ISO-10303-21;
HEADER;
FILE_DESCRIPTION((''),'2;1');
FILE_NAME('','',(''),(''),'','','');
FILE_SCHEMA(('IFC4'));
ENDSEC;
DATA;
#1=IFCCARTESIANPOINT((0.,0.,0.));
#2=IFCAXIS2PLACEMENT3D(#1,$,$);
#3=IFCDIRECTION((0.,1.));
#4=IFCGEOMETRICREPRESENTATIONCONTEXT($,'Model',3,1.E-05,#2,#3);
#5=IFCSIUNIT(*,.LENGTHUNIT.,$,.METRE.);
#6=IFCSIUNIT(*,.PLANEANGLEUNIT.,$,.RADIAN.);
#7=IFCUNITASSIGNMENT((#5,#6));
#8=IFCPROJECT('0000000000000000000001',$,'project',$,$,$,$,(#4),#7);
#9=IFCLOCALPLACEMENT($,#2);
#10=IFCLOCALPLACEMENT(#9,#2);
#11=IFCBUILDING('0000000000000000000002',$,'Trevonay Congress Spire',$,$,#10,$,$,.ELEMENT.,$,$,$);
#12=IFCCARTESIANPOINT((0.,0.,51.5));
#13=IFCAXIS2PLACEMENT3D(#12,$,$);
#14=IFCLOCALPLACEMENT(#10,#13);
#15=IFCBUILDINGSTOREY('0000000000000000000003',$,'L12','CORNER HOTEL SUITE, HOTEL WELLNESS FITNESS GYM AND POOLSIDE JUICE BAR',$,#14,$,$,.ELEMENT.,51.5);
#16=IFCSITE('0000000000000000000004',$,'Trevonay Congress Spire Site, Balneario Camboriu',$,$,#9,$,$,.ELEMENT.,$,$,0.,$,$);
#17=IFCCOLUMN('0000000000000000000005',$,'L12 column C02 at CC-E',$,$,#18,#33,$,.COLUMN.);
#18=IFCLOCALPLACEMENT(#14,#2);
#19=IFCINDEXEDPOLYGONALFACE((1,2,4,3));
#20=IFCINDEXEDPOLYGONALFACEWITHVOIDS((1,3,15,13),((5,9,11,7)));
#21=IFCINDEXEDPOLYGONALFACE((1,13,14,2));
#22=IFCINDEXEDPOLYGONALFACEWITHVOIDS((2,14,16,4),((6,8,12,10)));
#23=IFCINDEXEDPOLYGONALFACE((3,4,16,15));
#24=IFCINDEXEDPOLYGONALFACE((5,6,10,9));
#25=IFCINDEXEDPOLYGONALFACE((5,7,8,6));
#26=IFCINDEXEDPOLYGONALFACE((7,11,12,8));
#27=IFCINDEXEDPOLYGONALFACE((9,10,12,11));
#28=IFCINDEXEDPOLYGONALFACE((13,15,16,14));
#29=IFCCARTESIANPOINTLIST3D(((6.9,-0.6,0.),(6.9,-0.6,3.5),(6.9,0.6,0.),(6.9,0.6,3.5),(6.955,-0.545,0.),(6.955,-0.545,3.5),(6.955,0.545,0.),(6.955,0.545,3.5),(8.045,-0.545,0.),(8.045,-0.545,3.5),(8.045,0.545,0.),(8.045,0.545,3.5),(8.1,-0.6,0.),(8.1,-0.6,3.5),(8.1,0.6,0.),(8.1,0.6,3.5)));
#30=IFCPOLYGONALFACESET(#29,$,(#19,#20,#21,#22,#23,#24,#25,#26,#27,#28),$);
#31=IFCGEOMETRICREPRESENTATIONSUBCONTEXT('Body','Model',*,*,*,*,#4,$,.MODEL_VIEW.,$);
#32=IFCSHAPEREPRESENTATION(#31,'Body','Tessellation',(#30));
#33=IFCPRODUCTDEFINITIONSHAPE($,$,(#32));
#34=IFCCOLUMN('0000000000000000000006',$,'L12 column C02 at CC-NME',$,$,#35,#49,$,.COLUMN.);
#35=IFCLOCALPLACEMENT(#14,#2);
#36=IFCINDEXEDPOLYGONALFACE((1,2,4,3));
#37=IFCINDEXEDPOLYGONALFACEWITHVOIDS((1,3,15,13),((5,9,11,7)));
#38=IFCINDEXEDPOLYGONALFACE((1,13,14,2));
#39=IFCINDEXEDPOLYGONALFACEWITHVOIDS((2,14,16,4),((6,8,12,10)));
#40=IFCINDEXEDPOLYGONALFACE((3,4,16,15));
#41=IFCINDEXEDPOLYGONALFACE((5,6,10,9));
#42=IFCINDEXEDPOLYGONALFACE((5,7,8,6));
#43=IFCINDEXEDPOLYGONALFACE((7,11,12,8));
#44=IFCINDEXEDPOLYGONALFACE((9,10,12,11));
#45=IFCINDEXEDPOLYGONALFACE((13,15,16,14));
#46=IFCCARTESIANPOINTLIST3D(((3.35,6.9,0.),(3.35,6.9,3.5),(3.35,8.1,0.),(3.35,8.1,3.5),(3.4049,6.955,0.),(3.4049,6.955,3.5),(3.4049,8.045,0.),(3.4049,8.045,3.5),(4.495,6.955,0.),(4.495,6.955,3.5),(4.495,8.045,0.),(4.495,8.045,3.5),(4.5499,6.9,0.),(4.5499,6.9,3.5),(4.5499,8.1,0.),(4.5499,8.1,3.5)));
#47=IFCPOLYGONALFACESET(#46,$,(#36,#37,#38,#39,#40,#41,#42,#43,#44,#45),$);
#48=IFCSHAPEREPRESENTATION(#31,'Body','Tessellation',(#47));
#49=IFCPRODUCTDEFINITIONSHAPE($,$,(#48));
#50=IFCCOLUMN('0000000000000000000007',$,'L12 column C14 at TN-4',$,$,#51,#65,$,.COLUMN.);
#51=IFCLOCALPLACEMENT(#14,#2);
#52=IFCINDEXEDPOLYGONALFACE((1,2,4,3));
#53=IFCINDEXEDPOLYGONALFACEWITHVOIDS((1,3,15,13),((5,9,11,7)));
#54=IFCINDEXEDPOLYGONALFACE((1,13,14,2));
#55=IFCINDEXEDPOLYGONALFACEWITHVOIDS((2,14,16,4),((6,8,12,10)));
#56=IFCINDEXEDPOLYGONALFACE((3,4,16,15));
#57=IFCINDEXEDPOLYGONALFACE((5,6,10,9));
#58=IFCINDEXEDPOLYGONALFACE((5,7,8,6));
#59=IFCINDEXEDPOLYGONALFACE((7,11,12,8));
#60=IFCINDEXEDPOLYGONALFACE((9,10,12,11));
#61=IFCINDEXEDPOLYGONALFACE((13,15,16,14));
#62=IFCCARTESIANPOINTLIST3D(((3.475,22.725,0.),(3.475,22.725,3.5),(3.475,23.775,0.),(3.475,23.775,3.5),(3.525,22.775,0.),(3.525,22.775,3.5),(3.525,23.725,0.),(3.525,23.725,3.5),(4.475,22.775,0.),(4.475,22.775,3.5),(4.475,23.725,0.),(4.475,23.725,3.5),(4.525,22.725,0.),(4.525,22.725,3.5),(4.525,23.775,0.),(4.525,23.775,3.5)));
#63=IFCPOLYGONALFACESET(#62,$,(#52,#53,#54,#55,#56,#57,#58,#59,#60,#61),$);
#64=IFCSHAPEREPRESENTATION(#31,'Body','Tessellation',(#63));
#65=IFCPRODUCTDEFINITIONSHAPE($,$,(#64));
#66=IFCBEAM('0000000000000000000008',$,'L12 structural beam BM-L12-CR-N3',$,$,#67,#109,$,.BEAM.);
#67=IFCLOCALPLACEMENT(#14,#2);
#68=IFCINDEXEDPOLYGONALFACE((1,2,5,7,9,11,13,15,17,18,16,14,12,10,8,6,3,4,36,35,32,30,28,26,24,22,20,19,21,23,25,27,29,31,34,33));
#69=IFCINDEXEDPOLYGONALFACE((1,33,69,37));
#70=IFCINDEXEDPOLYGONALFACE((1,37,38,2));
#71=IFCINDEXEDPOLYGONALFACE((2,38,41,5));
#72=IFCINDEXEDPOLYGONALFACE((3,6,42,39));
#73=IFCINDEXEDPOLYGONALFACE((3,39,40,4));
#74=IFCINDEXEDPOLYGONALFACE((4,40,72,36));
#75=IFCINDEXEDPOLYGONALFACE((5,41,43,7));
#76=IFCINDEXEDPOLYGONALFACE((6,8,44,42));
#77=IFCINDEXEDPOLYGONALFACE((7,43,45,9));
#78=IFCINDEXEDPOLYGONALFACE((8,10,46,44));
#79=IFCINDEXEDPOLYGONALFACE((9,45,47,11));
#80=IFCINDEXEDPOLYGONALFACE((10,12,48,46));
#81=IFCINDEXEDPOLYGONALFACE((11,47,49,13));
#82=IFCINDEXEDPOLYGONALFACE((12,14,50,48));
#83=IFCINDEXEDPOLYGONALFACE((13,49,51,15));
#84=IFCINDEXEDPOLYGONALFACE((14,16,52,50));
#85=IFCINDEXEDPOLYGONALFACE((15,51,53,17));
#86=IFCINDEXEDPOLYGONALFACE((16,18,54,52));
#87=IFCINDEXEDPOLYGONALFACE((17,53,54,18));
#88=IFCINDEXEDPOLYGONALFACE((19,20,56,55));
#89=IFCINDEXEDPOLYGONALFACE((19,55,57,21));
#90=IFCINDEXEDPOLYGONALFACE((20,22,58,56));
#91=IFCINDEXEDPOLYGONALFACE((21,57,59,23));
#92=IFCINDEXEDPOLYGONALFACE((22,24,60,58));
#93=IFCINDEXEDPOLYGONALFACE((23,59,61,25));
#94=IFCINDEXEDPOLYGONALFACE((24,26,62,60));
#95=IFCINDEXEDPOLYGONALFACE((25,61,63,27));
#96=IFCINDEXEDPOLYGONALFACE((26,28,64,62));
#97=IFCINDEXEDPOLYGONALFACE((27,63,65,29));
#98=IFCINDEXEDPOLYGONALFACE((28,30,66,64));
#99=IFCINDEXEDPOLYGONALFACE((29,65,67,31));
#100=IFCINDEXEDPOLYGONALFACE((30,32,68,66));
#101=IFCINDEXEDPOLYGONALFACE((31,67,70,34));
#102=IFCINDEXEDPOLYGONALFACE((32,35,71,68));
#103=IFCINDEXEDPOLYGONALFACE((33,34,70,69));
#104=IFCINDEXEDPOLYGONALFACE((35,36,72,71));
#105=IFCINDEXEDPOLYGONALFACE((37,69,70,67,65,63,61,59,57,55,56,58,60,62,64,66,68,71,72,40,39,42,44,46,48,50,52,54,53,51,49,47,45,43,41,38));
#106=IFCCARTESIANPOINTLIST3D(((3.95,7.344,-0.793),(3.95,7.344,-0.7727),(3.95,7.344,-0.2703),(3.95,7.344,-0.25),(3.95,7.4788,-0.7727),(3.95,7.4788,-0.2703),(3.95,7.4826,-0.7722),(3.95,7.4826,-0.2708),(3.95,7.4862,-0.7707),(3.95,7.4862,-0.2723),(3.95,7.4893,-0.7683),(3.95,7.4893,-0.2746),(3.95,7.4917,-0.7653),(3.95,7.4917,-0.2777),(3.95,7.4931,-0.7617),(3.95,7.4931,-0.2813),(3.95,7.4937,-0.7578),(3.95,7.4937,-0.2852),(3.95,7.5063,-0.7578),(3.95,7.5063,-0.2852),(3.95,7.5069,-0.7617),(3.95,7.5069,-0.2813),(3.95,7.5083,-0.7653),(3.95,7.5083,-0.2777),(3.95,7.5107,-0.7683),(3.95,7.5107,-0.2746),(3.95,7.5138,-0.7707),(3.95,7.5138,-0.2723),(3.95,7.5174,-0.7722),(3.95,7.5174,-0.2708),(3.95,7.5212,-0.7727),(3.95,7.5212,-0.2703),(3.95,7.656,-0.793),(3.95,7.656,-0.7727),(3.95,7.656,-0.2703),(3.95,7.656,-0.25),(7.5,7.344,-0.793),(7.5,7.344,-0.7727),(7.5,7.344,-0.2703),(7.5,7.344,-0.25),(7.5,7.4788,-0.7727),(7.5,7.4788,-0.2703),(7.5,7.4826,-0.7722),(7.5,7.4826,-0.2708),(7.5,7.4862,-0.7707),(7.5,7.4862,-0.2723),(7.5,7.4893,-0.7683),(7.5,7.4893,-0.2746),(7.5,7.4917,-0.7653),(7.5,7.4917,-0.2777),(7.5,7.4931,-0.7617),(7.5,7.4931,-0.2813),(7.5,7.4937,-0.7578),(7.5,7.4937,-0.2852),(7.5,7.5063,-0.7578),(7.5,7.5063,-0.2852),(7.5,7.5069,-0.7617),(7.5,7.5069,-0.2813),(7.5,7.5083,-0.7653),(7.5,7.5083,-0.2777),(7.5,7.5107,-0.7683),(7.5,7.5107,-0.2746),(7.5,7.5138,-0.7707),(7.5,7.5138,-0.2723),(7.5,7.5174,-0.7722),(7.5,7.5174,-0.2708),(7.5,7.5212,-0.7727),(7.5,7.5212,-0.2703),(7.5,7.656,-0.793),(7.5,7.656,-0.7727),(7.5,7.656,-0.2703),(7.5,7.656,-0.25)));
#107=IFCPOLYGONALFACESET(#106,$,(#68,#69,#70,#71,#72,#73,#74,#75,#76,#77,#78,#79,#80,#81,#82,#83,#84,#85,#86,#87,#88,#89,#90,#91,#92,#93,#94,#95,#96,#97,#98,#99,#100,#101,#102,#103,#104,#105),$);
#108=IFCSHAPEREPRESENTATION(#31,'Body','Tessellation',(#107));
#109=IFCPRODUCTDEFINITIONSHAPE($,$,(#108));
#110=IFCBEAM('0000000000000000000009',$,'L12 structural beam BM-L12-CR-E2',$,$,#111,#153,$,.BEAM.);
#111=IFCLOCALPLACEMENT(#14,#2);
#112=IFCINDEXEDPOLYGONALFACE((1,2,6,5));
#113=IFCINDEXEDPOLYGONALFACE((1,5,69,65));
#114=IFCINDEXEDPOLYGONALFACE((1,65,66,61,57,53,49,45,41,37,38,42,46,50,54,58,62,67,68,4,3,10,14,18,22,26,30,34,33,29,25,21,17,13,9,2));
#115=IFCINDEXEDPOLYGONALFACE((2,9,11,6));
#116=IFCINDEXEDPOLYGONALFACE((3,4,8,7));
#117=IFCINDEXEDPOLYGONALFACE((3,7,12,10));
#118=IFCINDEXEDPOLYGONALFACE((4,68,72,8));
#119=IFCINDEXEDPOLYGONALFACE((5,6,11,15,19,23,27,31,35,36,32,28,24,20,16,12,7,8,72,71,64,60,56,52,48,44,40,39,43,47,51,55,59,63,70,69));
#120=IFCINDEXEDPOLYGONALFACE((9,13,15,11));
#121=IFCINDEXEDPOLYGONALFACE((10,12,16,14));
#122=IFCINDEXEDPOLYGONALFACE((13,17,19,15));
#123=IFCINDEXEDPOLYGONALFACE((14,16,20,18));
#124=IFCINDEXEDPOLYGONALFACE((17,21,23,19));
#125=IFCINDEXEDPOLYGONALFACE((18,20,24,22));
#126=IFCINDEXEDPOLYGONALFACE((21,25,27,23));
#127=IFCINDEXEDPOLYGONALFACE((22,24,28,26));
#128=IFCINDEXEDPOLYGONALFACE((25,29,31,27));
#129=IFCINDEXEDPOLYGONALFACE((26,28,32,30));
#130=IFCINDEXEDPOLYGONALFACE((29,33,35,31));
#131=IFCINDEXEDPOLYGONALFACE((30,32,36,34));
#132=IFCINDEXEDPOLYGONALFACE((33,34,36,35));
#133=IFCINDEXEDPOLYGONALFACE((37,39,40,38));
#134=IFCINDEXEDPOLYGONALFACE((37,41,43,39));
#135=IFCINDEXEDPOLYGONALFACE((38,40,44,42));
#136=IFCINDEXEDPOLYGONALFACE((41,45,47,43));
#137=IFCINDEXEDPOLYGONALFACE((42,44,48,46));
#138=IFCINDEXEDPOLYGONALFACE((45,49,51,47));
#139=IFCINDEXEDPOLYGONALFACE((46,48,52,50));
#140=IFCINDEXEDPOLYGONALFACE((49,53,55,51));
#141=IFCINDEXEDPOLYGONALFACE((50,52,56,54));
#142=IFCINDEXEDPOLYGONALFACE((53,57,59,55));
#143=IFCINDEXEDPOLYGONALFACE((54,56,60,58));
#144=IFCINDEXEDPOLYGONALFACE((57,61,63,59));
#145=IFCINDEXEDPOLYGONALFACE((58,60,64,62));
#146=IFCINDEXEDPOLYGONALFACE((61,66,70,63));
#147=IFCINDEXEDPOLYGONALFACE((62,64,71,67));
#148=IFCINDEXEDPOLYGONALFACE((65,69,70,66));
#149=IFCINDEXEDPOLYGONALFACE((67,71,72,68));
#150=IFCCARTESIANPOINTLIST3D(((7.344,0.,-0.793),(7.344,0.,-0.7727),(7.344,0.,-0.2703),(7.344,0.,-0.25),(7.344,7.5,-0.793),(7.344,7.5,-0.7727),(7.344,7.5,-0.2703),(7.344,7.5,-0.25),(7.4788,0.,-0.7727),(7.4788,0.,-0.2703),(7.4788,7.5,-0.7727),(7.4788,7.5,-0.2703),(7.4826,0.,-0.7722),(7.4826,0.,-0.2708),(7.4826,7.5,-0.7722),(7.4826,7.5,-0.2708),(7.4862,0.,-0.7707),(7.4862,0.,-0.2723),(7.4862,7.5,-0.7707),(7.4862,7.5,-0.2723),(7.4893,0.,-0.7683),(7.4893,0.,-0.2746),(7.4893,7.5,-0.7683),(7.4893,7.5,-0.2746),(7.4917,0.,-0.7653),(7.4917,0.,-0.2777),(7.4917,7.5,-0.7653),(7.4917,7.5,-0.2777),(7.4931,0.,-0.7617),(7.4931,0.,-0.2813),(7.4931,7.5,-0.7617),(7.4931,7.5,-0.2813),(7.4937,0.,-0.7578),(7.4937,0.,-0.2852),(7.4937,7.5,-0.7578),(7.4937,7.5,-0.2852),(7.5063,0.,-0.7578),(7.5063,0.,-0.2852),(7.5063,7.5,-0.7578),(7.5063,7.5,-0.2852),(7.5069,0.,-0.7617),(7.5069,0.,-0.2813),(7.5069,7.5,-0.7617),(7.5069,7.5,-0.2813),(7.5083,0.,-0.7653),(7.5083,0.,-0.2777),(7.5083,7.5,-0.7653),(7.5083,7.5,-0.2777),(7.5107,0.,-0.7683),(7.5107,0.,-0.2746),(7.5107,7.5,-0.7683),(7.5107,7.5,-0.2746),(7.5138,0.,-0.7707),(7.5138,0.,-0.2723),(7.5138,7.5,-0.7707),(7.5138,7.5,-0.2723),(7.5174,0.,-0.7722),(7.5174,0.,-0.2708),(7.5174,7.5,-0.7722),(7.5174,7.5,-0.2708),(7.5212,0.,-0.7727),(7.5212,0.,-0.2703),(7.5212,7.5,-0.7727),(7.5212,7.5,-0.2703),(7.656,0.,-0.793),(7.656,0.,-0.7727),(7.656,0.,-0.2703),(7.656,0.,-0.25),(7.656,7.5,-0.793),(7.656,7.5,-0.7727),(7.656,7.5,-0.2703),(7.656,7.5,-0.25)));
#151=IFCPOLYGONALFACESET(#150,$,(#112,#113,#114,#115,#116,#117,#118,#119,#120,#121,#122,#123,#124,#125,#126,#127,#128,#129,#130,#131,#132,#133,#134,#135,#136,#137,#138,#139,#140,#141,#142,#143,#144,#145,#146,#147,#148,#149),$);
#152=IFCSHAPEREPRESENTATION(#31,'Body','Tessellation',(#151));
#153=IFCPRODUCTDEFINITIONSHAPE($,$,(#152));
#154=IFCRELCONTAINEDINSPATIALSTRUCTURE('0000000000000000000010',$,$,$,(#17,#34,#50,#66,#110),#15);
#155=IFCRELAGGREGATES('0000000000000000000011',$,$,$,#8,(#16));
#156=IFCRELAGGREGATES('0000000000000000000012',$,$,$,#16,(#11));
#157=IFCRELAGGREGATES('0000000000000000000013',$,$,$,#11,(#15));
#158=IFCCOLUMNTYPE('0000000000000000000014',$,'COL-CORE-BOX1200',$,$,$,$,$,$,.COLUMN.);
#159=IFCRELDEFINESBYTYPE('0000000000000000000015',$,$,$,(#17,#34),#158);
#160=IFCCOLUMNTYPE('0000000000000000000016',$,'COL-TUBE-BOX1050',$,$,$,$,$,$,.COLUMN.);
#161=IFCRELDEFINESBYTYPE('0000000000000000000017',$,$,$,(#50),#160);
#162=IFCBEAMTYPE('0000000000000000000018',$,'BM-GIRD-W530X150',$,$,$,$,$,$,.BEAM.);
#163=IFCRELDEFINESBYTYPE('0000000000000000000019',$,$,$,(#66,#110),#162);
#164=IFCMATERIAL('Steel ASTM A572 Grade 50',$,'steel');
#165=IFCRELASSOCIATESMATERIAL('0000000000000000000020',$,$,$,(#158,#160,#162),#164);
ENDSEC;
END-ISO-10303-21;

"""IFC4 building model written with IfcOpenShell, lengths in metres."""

from ifc_helpers import new_model, si_unit, direction, frame, origin, origin_2d, place, context, subcontext, project, spatial, hollow_rectangle, i_section, extrude, material, material_profile, profile_set, type_object, element, save


model = new_model("IFC4")

# Units and contexts
model_context = context("Model", 3, precision=1e-05, world=origin(), true_north=direction((0.0, 1.0)))
body_context = subcontext(model_context, "Body", "Model", "MODEL_VIEW")
ifc_project = project(units=[si_unit("LENGTHUNIT", "METRE"), si_unit("PLANEANGLEUNIT", "RADIAN")], contexts=[model_context])

# Site, building, storey
site_placement = place(None, origin())
site = spatial("IfcSite", under=ifc_project, at=site_placement, Name="Trevonay Congress Spire Site, Balneario Camboriu", CompositionType="ELEMENT", RefElevation=0.0)
building_placement = place(site_placement, origin())
building = spatial("IfcBuilding", under=site, at=building_placement, Name="Trevonay Congress Spire", CompositionType="ELEMENT")
storey_placement = place(building_placement, frame((0.0, 0.0, 51.5)))
storey = spatial("IfcBuildingStorey", under=building, at=storey_placement, Name="L12", Description="CORNER HOTEL SUITE, HOTEL WELLNESS FITNESS GYM AND POOLSIDE JUICE BAR", CompositionType="ELEMENT", Elevation=51.5)

# Columns
ifc_material_1 = material(Name="Steel ASTM A572 Grade 50", Category="steel")
ifc_material_profile_1 = material_profile(ifc_material_1, hollow_rectangle(XDim=1.2, YDim=1.2, WallThickness=0.0549, at=origin_2d()), Name="BOX 1200x1200x55")
ifc_profile_set_1 = profile_set([ifc_material_profile_1], Name="Steel ASTM A572 Grade 50")
column_type_1 = type_object("IfcColumnType", Name="COL-CORE-BOX1200", PredefinedType="COLUMN", material=ifc_profile_set_1)
for number, where, z_axis, x_axis, name in (
    (1, (7.5, 0.0, 0.0), (0.0, 0.0, 1.0), (1.0, 0.0, 0.0), "L12 column C02 at CC-E"),
    (2, (3.95, 7.5, 0.0), (0.0, 0.0, 1.0), (1.0, 0.0, 0.0), "L12 column C02 at CC-NME"),
):
    element("IfcColumn", number, at=place(storey_placement, frame(where, z_axis=z_axis, x_axis=x_axis)), inside=storey, type_object=column_type_1, Name=name, PredefinedType="COLUMN", context=body_context, shape_type="SweptSolid", body=[
        extrude(hollow_rectangle(XDim=1.2, YDim=1.2, WallThickness=0.0549, at=origin_2d()), origin(), (0.0, 0.0, 1.0), 3.5),
    ])
ifc_material_profile_2 = material_profile(ifc_material_1, hollow_rectangle(XDim=1.05, YDim=1.05, WallThickness=0.05, at=origin_2d()), Name="BOX 1050x1050x50")
ifc_profile_set_2 = profile_set([ifc_material_profile_2], Name="Steel ASTM A572 Grade 50")
column_type_2 = type_object("IfcColumnType", Name="COL-TUBE-BOX1050", PredefinedType="COLUMN", material=ifc_profile_set_2)
column_placement = place(storey_placement, frame((4.0, 23.25, 0.0), z_axis=(0.0, 0.0, 1.0), x_axis=(1.0, 0.0, 0.0)))
element("IfcColumn", 3, at=column_placement, inside=storey, type_object=column_type_2, Name="L12 column C14 at TN-4", PredefinedType="COLUMN", context=body_context, shape_type="SweptSolid", body=[
    extrude(hollow_rectangle(XDim=1.05, YDim=1.05, WallThickness=0.05, at=origin_2d()), origin(), (0.0, 0.0, 1.0), 3.5),
])

# Beams
ifc_material_profile_3 = material_profile(ifc_material_1, i_section(OverallWidth=0.312, OverallDepth=0.543, WebThickness=0.0127, FlangeThickness=0.0203, FilletRadius=0.0149, at=origin_2d()), Name="W530x150")
ifc_profile_set_3 = profile_set([ifc_material_profile_3], Name="Steel ASTM A572 Grade 50")
beam_type_1 = type_object("IfcBeamType", Name="BM-GIRD-W530X150", PredefinedType="BEAM", material=ifc_profile_set_3)
beam_1_placement = place(storey_placement, frame((3.95, 7.5, -0.5215), z_axis=(1.0, 0.0, 0.0), x_axis=(0.0, 1.0, 0.0)))
element("IfcBeam", 4, at=beam_1_placement, inside=storey, type_object=beam_type_1, Name="L12 structural beam BM-L12-CR-N3", PredefinedType="BEAM", context=body_context, shape_type="SweptSolid", body=[
    extrude(i_section(OverallWidth=0.312, OverallDepth=0.543, WebThickness=0.0127, FlangeThickness=0.0203, FilletRadius=0.0149, at=origin_2d()), origin(), (0.0, 0.0, 1.0), 3.55),
])
beam_2_placement = place(storey_placement, frame((7.5, 0.0, -0.5215), z_axis=(0.0, 1.0, 0.0), x_axis=(-1.0, 0.0, 0.0)))
element("IfcBeam", 5, at=beam_2_placement, inside=storey, type_object=beam_type_1, Name="L12 structural beam BM-L12-CR-E2", PredefinedType="BEAM", context=body_context, shape_type="SweptSolid", body=[
    extrude(i_section(OverallWidth=0.312, OverallDepth=0.543, WebThickness=0.0127, FlangeThickness=0.0203, FilletRadius=0.0149, at=origin_2d()), origin(), (0.0, 0.0, 1.0), 7.5),
])

save(model, "model.ifc")
